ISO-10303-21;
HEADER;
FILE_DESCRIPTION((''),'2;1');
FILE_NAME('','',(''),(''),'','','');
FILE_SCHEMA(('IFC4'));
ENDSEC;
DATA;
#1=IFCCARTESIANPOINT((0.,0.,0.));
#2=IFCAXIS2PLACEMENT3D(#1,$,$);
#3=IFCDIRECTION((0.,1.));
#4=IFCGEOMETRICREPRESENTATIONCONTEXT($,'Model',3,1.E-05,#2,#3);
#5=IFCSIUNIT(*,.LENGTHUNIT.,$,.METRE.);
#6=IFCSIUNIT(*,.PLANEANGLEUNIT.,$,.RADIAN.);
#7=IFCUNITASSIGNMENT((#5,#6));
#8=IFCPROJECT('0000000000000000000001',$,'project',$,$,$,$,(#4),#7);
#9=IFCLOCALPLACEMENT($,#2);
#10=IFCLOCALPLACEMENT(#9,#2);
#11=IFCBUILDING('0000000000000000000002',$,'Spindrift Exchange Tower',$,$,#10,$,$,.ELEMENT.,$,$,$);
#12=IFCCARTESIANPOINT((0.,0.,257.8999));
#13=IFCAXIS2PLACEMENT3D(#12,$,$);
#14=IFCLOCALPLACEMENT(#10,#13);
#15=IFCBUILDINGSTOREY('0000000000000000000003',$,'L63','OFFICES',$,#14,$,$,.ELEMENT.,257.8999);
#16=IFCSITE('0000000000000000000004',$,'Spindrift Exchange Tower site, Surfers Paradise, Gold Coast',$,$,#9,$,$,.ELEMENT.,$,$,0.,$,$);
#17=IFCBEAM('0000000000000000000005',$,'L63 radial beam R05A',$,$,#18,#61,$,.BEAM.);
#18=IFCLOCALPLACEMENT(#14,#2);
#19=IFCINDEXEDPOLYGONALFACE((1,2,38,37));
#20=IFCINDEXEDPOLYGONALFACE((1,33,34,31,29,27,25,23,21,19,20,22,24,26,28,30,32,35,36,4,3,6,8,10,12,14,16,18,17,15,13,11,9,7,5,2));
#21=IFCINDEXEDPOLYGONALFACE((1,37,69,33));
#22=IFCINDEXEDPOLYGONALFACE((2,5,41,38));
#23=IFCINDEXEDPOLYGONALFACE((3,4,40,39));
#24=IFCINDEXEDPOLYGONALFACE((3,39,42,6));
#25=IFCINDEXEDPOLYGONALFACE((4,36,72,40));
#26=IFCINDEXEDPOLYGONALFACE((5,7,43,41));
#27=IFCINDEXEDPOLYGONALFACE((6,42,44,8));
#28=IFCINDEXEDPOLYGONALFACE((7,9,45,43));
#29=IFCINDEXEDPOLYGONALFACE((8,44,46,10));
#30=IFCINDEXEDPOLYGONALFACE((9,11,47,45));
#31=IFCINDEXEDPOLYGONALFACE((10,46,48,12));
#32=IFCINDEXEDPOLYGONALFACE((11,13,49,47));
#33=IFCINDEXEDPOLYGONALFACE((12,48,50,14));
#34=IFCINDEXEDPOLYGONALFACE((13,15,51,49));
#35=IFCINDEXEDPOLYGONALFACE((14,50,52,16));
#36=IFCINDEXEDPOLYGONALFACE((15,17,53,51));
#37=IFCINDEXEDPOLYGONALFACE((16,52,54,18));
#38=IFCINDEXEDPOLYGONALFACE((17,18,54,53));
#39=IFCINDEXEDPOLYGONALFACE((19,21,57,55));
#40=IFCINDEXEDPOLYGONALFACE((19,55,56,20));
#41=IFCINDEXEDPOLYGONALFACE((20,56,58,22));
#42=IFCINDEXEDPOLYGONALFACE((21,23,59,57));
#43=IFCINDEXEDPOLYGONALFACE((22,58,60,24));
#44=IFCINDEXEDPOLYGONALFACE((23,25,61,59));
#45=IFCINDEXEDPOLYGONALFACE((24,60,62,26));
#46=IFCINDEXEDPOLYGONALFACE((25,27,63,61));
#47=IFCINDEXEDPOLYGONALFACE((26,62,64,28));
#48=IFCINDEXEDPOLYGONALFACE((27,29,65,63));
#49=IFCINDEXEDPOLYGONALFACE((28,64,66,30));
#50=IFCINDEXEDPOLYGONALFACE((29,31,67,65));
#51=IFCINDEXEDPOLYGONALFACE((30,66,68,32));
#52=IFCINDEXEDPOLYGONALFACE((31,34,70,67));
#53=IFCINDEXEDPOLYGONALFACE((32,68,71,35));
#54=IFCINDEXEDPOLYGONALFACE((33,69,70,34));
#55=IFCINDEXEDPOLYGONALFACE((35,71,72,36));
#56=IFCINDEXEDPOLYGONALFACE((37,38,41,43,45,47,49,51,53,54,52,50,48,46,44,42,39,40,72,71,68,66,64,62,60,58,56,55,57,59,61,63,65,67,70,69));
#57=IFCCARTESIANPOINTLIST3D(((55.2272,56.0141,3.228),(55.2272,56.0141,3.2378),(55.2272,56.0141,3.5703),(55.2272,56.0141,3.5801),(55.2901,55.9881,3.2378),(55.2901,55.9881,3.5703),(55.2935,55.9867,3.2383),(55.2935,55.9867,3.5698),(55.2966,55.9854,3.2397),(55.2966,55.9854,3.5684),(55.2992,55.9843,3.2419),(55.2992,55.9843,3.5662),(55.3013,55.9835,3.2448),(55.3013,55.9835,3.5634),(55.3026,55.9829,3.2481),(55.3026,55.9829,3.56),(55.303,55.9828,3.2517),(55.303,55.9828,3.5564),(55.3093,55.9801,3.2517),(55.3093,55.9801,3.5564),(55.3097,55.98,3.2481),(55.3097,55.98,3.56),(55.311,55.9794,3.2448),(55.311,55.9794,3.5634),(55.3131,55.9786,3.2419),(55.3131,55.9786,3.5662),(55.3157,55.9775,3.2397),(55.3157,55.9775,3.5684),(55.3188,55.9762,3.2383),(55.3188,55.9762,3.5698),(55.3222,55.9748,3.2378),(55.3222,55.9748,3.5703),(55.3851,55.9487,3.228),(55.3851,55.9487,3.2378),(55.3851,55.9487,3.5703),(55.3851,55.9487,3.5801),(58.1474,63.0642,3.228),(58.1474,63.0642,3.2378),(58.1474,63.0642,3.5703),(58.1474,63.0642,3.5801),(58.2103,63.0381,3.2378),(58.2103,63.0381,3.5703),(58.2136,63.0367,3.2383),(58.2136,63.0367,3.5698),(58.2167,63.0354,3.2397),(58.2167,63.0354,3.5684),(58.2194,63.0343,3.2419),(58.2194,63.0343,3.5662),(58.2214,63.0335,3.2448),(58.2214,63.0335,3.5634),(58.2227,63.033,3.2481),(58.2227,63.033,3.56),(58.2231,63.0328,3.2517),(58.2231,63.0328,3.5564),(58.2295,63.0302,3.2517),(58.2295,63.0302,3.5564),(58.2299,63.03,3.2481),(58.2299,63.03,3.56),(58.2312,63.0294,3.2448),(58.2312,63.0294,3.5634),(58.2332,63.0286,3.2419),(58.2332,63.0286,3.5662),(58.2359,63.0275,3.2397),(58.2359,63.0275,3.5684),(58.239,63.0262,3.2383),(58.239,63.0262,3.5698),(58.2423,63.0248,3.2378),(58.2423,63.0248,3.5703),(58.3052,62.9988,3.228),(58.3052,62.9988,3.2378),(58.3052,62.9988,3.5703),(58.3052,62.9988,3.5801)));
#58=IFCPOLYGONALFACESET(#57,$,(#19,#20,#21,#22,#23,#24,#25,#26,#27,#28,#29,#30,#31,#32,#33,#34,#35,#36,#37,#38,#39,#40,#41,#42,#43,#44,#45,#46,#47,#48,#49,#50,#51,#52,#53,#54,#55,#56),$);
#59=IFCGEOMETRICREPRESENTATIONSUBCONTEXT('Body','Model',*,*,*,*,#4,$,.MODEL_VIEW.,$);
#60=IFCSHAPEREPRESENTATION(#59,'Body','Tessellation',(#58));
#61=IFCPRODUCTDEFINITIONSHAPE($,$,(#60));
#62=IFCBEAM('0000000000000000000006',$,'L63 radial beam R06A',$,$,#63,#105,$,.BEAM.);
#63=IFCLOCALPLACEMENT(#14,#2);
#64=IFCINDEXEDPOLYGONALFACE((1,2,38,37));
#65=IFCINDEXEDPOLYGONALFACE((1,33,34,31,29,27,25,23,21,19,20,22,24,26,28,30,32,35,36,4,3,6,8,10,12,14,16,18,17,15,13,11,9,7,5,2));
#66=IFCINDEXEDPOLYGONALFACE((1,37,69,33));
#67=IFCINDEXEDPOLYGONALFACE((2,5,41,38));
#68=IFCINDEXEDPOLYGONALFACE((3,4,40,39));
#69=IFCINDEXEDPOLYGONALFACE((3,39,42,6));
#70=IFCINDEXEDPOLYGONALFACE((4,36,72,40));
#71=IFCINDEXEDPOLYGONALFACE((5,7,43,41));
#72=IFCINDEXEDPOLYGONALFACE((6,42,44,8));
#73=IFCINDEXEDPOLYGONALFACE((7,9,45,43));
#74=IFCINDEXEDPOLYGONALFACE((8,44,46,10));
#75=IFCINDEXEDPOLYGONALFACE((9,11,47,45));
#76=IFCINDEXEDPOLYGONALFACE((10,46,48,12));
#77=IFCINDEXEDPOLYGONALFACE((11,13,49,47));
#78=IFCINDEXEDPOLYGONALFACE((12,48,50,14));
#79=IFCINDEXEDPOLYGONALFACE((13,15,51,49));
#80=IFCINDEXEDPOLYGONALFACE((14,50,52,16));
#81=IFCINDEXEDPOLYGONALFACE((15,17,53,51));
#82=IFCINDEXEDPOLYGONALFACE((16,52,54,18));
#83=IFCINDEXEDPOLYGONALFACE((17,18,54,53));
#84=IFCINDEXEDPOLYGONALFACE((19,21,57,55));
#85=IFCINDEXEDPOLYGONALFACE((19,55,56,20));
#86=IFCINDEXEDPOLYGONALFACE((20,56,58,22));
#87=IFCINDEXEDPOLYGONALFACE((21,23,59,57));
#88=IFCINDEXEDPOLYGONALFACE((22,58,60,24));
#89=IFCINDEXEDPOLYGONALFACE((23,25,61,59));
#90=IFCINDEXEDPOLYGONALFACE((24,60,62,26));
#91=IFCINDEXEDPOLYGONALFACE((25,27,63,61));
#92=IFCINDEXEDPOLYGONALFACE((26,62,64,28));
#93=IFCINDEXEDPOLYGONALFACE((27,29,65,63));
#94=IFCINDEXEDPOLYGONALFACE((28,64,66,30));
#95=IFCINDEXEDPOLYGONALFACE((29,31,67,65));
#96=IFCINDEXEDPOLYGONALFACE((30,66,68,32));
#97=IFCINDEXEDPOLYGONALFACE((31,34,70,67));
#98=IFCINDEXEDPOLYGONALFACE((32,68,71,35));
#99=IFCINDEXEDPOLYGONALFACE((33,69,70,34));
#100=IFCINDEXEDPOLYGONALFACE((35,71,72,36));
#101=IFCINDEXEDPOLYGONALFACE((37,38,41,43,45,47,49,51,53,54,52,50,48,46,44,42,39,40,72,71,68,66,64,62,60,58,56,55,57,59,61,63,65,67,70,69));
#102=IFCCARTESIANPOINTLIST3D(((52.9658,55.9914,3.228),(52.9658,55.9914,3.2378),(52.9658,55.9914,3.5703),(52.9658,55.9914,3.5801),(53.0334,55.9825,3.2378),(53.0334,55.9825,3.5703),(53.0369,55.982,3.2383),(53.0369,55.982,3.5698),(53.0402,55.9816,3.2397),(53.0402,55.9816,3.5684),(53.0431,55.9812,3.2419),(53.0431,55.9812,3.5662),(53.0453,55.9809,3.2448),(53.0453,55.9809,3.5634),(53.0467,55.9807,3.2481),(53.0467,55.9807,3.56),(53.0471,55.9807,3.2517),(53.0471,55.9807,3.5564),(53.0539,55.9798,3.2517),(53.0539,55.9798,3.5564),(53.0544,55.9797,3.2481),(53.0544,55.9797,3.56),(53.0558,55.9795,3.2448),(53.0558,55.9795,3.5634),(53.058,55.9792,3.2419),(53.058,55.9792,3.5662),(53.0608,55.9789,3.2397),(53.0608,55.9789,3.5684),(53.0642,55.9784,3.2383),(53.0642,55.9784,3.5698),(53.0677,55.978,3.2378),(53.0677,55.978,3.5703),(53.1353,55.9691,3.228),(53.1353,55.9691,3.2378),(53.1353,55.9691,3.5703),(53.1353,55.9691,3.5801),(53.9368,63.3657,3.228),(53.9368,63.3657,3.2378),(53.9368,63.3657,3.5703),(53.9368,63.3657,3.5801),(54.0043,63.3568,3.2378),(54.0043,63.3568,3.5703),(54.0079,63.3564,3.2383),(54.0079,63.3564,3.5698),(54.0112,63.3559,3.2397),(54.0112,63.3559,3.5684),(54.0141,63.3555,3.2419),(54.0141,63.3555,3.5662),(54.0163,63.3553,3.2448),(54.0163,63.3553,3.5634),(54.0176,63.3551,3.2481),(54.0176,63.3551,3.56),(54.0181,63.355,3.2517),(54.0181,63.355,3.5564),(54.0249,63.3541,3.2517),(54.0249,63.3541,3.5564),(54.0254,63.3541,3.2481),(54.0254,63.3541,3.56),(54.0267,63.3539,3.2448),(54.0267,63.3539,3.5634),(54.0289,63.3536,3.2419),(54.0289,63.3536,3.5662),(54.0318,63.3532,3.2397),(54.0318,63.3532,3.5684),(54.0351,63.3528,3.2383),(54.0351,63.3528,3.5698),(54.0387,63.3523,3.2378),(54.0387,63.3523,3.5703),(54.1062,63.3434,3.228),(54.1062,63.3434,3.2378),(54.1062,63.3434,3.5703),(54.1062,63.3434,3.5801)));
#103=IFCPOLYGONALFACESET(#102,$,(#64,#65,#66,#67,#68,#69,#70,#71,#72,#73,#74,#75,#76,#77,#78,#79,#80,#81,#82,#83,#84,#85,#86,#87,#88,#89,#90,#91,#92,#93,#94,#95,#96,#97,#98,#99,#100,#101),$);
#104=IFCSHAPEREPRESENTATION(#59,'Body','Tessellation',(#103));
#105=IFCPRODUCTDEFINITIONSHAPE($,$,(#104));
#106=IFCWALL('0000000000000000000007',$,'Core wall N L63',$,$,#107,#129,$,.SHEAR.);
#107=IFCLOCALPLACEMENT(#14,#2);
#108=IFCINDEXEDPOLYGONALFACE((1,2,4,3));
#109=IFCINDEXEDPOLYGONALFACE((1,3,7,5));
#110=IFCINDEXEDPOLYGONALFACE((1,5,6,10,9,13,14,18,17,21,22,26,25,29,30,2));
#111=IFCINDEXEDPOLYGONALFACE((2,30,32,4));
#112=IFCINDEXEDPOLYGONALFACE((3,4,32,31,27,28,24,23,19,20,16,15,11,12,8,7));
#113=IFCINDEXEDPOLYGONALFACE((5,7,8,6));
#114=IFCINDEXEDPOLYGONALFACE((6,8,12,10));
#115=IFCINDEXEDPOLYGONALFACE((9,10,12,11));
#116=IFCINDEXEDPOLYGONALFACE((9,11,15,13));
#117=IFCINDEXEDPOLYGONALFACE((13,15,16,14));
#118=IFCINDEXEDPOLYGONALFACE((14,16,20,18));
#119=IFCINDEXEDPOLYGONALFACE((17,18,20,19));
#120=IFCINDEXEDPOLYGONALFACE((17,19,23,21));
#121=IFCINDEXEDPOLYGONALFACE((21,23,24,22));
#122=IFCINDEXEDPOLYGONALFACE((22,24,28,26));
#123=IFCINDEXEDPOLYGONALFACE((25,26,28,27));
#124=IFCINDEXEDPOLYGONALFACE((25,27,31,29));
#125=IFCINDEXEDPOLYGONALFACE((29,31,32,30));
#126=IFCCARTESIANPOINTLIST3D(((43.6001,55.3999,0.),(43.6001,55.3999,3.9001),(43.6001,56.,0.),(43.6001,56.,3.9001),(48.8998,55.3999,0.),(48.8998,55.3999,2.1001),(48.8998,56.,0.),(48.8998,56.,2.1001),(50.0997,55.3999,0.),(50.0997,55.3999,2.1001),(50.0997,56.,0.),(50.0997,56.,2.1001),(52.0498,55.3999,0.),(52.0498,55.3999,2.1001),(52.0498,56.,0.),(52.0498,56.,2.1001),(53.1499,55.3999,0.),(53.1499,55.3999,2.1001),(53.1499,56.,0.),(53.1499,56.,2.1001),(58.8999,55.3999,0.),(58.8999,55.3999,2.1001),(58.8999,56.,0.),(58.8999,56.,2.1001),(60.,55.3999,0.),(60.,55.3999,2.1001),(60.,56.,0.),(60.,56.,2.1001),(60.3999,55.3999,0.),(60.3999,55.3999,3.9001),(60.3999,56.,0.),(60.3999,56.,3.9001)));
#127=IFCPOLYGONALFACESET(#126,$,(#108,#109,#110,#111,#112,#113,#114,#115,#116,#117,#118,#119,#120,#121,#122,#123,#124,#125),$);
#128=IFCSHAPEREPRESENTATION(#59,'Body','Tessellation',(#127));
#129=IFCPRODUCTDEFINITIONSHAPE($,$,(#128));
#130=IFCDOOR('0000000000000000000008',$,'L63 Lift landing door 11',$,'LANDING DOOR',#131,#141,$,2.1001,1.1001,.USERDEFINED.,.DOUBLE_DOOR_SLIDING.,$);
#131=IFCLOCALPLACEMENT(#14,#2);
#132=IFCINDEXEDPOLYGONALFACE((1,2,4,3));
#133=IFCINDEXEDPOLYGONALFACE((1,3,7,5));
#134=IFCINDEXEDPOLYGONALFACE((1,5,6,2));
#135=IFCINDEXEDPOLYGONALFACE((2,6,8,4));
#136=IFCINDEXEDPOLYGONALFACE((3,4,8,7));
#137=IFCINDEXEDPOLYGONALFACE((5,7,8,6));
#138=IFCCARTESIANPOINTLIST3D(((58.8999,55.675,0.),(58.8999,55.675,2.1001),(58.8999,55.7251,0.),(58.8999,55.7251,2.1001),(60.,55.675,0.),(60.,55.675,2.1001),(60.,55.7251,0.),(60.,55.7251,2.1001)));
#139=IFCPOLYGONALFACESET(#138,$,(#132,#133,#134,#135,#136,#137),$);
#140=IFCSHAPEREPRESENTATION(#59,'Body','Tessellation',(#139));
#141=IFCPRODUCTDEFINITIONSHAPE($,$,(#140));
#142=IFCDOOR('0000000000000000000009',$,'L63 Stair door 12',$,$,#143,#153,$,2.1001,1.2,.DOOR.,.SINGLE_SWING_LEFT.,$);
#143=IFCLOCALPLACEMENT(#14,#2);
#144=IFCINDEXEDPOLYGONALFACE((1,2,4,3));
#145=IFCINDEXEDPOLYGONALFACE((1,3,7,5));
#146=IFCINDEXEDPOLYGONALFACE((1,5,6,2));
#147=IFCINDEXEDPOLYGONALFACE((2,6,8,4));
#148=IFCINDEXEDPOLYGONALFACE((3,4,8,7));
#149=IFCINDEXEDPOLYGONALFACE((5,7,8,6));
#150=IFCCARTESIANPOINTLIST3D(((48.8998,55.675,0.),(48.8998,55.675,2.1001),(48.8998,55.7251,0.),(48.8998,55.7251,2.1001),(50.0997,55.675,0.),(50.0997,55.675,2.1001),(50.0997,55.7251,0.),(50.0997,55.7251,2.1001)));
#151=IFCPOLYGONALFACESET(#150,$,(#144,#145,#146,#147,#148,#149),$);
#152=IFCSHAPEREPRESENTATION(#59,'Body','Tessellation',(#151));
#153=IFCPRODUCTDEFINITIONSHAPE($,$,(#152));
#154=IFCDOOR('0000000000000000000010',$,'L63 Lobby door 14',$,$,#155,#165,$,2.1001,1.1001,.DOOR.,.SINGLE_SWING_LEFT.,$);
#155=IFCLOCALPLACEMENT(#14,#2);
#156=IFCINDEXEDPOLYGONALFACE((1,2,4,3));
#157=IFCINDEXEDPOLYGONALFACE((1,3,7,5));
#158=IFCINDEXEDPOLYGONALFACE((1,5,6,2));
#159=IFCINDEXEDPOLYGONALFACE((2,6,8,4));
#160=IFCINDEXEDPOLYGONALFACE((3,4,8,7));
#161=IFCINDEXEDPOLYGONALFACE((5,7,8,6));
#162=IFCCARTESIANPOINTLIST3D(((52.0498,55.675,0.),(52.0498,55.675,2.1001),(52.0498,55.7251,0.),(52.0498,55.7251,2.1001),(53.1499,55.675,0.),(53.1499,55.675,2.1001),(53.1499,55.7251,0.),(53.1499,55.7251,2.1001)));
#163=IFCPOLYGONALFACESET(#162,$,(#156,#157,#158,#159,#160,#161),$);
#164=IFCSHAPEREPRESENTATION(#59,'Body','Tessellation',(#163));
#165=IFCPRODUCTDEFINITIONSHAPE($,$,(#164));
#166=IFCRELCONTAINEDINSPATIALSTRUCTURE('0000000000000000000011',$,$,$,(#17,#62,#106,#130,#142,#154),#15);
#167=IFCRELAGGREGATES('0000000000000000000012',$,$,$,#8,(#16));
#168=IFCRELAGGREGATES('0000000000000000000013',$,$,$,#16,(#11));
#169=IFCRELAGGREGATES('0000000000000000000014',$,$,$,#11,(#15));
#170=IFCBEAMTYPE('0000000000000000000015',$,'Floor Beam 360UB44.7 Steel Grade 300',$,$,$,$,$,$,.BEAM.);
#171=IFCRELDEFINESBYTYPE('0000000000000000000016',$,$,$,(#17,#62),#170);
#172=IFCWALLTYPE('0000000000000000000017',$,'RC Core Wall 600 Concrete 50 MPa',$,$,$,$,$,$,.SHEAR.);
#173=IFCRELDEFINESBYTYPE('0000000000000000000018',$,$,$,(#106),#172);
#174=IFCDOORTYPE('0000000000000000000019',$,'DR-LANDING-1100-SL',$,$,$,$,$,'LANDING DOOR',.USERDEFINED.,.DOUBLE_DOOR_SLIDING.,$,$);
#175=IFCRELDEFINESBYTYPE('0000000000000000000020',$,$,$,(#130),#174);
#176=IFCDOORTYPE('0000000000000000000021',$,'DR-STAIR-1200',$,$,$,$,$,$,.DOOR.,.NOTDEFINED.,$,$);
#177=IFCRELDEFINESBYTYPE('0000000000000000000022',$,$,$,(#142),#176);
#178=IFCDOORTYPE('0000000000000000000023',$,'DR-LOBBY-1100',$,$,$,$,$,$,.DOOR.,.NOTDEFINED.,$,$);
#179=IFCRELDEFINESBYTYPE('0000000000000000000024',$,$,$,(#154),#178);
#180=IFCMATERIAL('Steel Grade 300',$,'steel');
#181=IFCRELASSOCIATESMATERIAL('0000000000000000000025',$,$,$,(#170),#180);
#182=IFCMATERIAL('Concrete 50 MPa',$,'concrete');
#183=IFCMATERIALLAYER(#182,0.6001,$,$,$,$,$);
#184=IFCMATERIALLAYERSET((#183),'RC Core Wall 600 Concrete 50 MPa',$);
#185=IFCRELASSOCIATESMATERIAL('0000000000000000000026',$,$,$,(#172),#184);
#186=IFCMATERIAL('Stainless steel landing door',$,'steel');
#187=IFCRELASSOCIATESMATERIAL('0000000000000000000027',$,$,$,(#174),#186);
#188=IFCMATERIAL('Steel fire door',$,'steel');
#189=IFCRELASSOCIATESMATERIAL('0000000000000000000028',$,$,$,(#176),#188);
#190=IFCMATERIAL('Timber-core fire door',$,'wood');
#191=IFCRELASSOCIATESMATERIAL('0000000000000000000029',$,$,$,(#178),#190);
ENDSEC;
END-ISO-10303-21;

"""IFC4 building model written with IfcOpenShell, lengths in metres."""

from ifc_helpers import new_model, si_unit, direction, frame, frame_2d, origin, origin_2d, place, context, subcontext, project, spatial, rectangle, i_section, extrude, source, transform, mapped, material, layer, layer_set, material_profile, profile_set, type_object, element, fill, save


model = new_model("IFC4")

# Units and contexts
model_context = context("Model", 3, precision=1e-05, world=origin(), true_north=direction((0.0, 1.0)))
body_context = subcontext(model_context, "Body", "Model", "MODEL_VIEW")
ifc_project = project(units=[si_unit("LENGTHUNIT", "METRE"), si_unit("PLANEANGLEUNIT", "RADIAN")], contexts=[model_context])

# Site, building, storey
site_placement = place(None, origin())
site = spatial("IfcSite", under=ifc_project, at=site_placement, Name="Spindrift Exchange Tower site, Surfers Paradise, Gold Coast", CompositionType="ELEMENT", RefElevation=0.0)
building_placement = place(site_placement, origin())
building = spatial("IfcBuilding", under=site, at=building_placement, Name="Spindrift Exchange Tower", CompositionType="ELEMENT")
storey_placement = place(building_placement, frame((0.0, 0.0, 257.8999)))
storey = spatial("IfcBuildingStorey", under=building, at=storey_placement, Name="L63", Description="OFFICES", CompositionType="ELEMENT", Elevation=257.8999)

# Beams
ifc_material_1 = material(Name="Steel Grade 300", Category="steel")
ifc_material_profile_1 = material_profile(ifc_material_1, i_section(OverallWidth=0.1709, OverallDepth=0.3521, WebThickness=0.0068, FlangeThickness=0.0098, FilletRadius=0.0139, at=origin_2d()), Name="360UB44.7")
ifc_profile_set_1 = profile_set([ifc_material_profile_1], Name="Steel Grade 300")
beam_type_1 = type_object("IfcBeamType", Name="Floor Beam 360UB44.7 Steel Grade 300", PredefinedType="BEAM", material=ifc_profile_set_1)
shared_shape_1 = source(origin(), body_context, "Body", "SweptSolid", [
    extrude(i_section(OverallWidth=0.1709, OverallDepth=0.3521, WebThickness=0.0068, FlangeThickness=0.0098, FilletRadius=0.0139, at=origin_2d()), origin(), (0.0, 0.0, 1.0), 7.6309),
])
beam_1_placement = place(storey_placement, frame((55.3062, 55.9814, 3.4041), z_axis=(0.382677, 0.923882, 0.0), x_axis=(-0.923882, 0.382677, 0.0)))
element("IfcBeam", 1, at=beam_1_placement, inside=storey, type_object=beam_type_1, Name="L63 radial beam R05A", PredefinedType="BEAM", context=body_context, shape_type="MappedRepresentation", body=[
    mapped(shared_shape_1, transform((0.0, 0.0, 0.0), scale=1.0)),
])
shared_shape_2 = source(origin(), body_context, "Body", "SweptSolid", [
    extrude(i_section(OverallWidth=0.1709, OverallDepth=0.3521, WebThickness=0.0068, FlangeThickness=0.0098, FilletRadius=0.0139, at=origin_2d()), origin(), (0.0, 0.0, 1.0), 7.438),
])
beam_2_placement = place(storey_placement, frame((53.0505, 55.9802, 3.4041), z_axis=(0.13054, 0.991443, 0.0), x_axis=(-0.991443, 0.13054, 0.0)))
element("IfcBeam", 2, at=beam_2_placement, inside=storey, type_object=beam_type_1, Name="L63 radial beam R06A", PredefinedType="BEAM", context=body_context, shape_type="MappedRepresentation", body=[
    mapped(shared_shape_2, transform((0.0, 0.0, 0.0), scale=1.0)),
])

# Wall, openings, doors
ifc_material_2 = material(Name="Concrete 50 MPa", Category="concrete")
ifc_layer_1 = layer(ifc_material_2, 0.6001)
ifc_layer_set_1 = layer_set([ifc_layer_1], Name="RC Core Wall 600 Concrete 50 MPa")
wall_type_1 = type_object("IfcWallType", Name="RC Core Wall 600 Concrete 50 MPa", PredefinedType="SHEAR", material=ifc_layer_set_1)
wall_1_placement = place(storey_placement, frame((60.3999, 55.7, 0.0), z_axis=(0.0, 0.0, 1.0), x_axis=(-1.0, 0.0, 0.0)))
wall_1 = element("IfcWall", 3, at=wall_1_placement, inside=storey, type_object=wall_type_1, Name="Core wall N L63", PredefinedType="SHEAR", context=body_context, shape_type="SweptSolid", body=[
    extrude(rectangle(XDim=16.7998, YDim=0.6001, at=frame_2d((8.3999, 0.0))), origin(), (0.0, 0.0, 1.0), 3.9001),
])
opening_1_placement = place(wall_1_placement, frame((0.3999, 0.0, 0.0)))
opening_1 = element("IfcOpeningElement", 4, at=opening_1_placement, cuts=wall_1, PredefinedType="OPENING", context=body_context, shape_type="SweptSolid", body=[
    extrude(rectangle(XDim=1.1001, YDim=2.1001, at=frame_2d((0.55, 1.05))), frame((0.0, 0.3101, 0.0), z_axis=(0.0, -1.0, 0.0), x_axis=(1.0, 0.0, 0.0)), (0.0, 0.0, 1.0), 0.6201),
])
opening_2_placement = place(wall_1_placement, frame((10.3, 0.0, 0.0)))
opening_2 = element("IfcOpeningElement", 5, at=opening_2_placement, cuts=wall_1, PredefinedType="OPENING", context=body_context, shape_type="SweptSolid", body=[
    extrude(rectangle(XDim=1.2, YDim=2.1001, at=frame_2d((0.6001, 1.05))), frame((0.0, 0.3101, 0.0), z_axis=(0.0, -1.0, 0.0), x_axis=(1.0, 0.0, 0.0)), (0.0, 0.0, 1.0), 0.6201),
])
opening_3_placement = place(wall_1_placement, frame((7.25, 0.0, 0.0)))
opening_3 = element("IfcOpeningElement", 6, at=opening_3_placement, cuts=wall_1, PredefinedType="OPENING", context=body_context, shape_type="SweptSolid", body=[
    extrude(rectangle(XDim=1.1001, YDim=2.1001, at=frame_2d((0.55, 1.05))), frame((0.0, 0.3101, 0.0), z_axis=(0.0, -1.0, 0.0), x_axis=(1.0, 0.0, 0.0)), (0.0, 0.0, 1.0), 0.6201),
])
ifc_material_3 = material(Name="Stainless steel landing door", Category="steel")
door_type_1 = type_object("IfcDoorType", Name="DR-LANDING-1100-SL", ElementType="LANDING DOOR", OperationType="DOUBLE_DOOR_SLIDING", PredefinedType="USERDEFINED", material=ifc_material_3)
shared_shape_3 = source(origin(), body_context, "Body", "SweptSolid", [
    extrude(rectangle(XDim=1.1001, YDim=2.1001, at=frame_2d((0.55, 1.05))), frame((0.0, 0.0249, 0.0), z_axis=(0.0, -1.0, 0.0), x_axis=(1.0, 0.0, 0.0)), (0.0, 0.0, 1.0), 0.05),
])
door_1_placement = place(opening_1_placement, origin())
door_1 = element("IfcDoor", 7, at=door_1_placement, inside=storey, type_object=door_type_1, Name="L63 Lift landing door 11", ObjectType="LANDING DOOR", OperationType="DOUBLE_DOOR_SLIDING", OverallHeight=2.1001, OverallWidth=1.1001, PredefinedType="USERDEFINED", context=body_context, shape_type="MappedRepresentation", body=[
    mapped(shared_shape_3, transform((0.0, 0.0, 0.0), scale=1.0)),
])
fill(opening_1, door_1)
ifc_material_4 = material(Name="Steel fire door", Category="steel")
door_type_2 = type_object("IfcDoorType", Name="DR-STAIR-1200", OperationType="NOTDEFINED", PredefinedType="DOOR", material=ifc_material_4)
shared_shape_4 = source(origin(), body_context, "Body", "SweptSolid", [
    extrude(rectangle(XDim=1.2, YDim=2.1001, at=frame_2d((0.6001, 1.05))), frame((0.0, 0.0249, 0.0), z_axis=(0.0, -1.0, 0.0), x_axis=(1.0, 0.0, 0.0)), (0.0, 0.0, 1.0), 0.05),
])
door_2_placement = place(opening_2_placement, origin())
door_2 = element("IfcDoor", 8, at=door_2_placement, inside=storey, type_object=door_type_2, Name="L63 Stair door 12", OperationType="SINGLE_SWING_LEFT", OverallHeight=2.1001, OverallWidth=1.2, PredefinedType="DOOR", context=body_context, shape_type="MappedRepresentation", body=[
    mapped(shared_shape_4, transform((0.0, 0.0, 0.0), scale=1.0)),
])
fill(opening_2, door_2)
ifc_material_5 = material(Name="Timber-core fire door", Category="wood")
door_type_3 = type_object("IfcDoorType", Name="DR-LOBBY-1100", OperationType="NOTDEFINED", PredefinedType="DOOR", material=ifc_material_5)
shared_shape_5 = source(origin(), body_context, "Body", "SweptSolid", [
    extrude(rectangle(XDim=1.1001, YDim=2.1001, at=frame_2d((0.55, 1.05))), frame((0.0, 0.0249, 0.0), z_axis=(0.0, -1.0, 0.0), x_axis=(1.0, 0.0, 0.0)), (0.0, 0.0, 1.0), 0.05),
])
door_3_placement = place(opening_3_placement, origin())
door_3 = element("IfcDoor", 9, at=door_3_placement, inside=storey, type_object=door_type_3, Name="L63 Lobby door 14", OperationType="SINGLE_SWING_LEFT", OverallHeight=2.1001, OverallWidth=1.1001, PredefinedType="DOOR", context=body_context, shape_type="MappedRepresentation", body=[
    mapped(shared_shape_5, transform((0.0, 0.0, 0.0), scale=1.0)),
])
fill(opening_3, door_3)

save(model, "model.ifc")
